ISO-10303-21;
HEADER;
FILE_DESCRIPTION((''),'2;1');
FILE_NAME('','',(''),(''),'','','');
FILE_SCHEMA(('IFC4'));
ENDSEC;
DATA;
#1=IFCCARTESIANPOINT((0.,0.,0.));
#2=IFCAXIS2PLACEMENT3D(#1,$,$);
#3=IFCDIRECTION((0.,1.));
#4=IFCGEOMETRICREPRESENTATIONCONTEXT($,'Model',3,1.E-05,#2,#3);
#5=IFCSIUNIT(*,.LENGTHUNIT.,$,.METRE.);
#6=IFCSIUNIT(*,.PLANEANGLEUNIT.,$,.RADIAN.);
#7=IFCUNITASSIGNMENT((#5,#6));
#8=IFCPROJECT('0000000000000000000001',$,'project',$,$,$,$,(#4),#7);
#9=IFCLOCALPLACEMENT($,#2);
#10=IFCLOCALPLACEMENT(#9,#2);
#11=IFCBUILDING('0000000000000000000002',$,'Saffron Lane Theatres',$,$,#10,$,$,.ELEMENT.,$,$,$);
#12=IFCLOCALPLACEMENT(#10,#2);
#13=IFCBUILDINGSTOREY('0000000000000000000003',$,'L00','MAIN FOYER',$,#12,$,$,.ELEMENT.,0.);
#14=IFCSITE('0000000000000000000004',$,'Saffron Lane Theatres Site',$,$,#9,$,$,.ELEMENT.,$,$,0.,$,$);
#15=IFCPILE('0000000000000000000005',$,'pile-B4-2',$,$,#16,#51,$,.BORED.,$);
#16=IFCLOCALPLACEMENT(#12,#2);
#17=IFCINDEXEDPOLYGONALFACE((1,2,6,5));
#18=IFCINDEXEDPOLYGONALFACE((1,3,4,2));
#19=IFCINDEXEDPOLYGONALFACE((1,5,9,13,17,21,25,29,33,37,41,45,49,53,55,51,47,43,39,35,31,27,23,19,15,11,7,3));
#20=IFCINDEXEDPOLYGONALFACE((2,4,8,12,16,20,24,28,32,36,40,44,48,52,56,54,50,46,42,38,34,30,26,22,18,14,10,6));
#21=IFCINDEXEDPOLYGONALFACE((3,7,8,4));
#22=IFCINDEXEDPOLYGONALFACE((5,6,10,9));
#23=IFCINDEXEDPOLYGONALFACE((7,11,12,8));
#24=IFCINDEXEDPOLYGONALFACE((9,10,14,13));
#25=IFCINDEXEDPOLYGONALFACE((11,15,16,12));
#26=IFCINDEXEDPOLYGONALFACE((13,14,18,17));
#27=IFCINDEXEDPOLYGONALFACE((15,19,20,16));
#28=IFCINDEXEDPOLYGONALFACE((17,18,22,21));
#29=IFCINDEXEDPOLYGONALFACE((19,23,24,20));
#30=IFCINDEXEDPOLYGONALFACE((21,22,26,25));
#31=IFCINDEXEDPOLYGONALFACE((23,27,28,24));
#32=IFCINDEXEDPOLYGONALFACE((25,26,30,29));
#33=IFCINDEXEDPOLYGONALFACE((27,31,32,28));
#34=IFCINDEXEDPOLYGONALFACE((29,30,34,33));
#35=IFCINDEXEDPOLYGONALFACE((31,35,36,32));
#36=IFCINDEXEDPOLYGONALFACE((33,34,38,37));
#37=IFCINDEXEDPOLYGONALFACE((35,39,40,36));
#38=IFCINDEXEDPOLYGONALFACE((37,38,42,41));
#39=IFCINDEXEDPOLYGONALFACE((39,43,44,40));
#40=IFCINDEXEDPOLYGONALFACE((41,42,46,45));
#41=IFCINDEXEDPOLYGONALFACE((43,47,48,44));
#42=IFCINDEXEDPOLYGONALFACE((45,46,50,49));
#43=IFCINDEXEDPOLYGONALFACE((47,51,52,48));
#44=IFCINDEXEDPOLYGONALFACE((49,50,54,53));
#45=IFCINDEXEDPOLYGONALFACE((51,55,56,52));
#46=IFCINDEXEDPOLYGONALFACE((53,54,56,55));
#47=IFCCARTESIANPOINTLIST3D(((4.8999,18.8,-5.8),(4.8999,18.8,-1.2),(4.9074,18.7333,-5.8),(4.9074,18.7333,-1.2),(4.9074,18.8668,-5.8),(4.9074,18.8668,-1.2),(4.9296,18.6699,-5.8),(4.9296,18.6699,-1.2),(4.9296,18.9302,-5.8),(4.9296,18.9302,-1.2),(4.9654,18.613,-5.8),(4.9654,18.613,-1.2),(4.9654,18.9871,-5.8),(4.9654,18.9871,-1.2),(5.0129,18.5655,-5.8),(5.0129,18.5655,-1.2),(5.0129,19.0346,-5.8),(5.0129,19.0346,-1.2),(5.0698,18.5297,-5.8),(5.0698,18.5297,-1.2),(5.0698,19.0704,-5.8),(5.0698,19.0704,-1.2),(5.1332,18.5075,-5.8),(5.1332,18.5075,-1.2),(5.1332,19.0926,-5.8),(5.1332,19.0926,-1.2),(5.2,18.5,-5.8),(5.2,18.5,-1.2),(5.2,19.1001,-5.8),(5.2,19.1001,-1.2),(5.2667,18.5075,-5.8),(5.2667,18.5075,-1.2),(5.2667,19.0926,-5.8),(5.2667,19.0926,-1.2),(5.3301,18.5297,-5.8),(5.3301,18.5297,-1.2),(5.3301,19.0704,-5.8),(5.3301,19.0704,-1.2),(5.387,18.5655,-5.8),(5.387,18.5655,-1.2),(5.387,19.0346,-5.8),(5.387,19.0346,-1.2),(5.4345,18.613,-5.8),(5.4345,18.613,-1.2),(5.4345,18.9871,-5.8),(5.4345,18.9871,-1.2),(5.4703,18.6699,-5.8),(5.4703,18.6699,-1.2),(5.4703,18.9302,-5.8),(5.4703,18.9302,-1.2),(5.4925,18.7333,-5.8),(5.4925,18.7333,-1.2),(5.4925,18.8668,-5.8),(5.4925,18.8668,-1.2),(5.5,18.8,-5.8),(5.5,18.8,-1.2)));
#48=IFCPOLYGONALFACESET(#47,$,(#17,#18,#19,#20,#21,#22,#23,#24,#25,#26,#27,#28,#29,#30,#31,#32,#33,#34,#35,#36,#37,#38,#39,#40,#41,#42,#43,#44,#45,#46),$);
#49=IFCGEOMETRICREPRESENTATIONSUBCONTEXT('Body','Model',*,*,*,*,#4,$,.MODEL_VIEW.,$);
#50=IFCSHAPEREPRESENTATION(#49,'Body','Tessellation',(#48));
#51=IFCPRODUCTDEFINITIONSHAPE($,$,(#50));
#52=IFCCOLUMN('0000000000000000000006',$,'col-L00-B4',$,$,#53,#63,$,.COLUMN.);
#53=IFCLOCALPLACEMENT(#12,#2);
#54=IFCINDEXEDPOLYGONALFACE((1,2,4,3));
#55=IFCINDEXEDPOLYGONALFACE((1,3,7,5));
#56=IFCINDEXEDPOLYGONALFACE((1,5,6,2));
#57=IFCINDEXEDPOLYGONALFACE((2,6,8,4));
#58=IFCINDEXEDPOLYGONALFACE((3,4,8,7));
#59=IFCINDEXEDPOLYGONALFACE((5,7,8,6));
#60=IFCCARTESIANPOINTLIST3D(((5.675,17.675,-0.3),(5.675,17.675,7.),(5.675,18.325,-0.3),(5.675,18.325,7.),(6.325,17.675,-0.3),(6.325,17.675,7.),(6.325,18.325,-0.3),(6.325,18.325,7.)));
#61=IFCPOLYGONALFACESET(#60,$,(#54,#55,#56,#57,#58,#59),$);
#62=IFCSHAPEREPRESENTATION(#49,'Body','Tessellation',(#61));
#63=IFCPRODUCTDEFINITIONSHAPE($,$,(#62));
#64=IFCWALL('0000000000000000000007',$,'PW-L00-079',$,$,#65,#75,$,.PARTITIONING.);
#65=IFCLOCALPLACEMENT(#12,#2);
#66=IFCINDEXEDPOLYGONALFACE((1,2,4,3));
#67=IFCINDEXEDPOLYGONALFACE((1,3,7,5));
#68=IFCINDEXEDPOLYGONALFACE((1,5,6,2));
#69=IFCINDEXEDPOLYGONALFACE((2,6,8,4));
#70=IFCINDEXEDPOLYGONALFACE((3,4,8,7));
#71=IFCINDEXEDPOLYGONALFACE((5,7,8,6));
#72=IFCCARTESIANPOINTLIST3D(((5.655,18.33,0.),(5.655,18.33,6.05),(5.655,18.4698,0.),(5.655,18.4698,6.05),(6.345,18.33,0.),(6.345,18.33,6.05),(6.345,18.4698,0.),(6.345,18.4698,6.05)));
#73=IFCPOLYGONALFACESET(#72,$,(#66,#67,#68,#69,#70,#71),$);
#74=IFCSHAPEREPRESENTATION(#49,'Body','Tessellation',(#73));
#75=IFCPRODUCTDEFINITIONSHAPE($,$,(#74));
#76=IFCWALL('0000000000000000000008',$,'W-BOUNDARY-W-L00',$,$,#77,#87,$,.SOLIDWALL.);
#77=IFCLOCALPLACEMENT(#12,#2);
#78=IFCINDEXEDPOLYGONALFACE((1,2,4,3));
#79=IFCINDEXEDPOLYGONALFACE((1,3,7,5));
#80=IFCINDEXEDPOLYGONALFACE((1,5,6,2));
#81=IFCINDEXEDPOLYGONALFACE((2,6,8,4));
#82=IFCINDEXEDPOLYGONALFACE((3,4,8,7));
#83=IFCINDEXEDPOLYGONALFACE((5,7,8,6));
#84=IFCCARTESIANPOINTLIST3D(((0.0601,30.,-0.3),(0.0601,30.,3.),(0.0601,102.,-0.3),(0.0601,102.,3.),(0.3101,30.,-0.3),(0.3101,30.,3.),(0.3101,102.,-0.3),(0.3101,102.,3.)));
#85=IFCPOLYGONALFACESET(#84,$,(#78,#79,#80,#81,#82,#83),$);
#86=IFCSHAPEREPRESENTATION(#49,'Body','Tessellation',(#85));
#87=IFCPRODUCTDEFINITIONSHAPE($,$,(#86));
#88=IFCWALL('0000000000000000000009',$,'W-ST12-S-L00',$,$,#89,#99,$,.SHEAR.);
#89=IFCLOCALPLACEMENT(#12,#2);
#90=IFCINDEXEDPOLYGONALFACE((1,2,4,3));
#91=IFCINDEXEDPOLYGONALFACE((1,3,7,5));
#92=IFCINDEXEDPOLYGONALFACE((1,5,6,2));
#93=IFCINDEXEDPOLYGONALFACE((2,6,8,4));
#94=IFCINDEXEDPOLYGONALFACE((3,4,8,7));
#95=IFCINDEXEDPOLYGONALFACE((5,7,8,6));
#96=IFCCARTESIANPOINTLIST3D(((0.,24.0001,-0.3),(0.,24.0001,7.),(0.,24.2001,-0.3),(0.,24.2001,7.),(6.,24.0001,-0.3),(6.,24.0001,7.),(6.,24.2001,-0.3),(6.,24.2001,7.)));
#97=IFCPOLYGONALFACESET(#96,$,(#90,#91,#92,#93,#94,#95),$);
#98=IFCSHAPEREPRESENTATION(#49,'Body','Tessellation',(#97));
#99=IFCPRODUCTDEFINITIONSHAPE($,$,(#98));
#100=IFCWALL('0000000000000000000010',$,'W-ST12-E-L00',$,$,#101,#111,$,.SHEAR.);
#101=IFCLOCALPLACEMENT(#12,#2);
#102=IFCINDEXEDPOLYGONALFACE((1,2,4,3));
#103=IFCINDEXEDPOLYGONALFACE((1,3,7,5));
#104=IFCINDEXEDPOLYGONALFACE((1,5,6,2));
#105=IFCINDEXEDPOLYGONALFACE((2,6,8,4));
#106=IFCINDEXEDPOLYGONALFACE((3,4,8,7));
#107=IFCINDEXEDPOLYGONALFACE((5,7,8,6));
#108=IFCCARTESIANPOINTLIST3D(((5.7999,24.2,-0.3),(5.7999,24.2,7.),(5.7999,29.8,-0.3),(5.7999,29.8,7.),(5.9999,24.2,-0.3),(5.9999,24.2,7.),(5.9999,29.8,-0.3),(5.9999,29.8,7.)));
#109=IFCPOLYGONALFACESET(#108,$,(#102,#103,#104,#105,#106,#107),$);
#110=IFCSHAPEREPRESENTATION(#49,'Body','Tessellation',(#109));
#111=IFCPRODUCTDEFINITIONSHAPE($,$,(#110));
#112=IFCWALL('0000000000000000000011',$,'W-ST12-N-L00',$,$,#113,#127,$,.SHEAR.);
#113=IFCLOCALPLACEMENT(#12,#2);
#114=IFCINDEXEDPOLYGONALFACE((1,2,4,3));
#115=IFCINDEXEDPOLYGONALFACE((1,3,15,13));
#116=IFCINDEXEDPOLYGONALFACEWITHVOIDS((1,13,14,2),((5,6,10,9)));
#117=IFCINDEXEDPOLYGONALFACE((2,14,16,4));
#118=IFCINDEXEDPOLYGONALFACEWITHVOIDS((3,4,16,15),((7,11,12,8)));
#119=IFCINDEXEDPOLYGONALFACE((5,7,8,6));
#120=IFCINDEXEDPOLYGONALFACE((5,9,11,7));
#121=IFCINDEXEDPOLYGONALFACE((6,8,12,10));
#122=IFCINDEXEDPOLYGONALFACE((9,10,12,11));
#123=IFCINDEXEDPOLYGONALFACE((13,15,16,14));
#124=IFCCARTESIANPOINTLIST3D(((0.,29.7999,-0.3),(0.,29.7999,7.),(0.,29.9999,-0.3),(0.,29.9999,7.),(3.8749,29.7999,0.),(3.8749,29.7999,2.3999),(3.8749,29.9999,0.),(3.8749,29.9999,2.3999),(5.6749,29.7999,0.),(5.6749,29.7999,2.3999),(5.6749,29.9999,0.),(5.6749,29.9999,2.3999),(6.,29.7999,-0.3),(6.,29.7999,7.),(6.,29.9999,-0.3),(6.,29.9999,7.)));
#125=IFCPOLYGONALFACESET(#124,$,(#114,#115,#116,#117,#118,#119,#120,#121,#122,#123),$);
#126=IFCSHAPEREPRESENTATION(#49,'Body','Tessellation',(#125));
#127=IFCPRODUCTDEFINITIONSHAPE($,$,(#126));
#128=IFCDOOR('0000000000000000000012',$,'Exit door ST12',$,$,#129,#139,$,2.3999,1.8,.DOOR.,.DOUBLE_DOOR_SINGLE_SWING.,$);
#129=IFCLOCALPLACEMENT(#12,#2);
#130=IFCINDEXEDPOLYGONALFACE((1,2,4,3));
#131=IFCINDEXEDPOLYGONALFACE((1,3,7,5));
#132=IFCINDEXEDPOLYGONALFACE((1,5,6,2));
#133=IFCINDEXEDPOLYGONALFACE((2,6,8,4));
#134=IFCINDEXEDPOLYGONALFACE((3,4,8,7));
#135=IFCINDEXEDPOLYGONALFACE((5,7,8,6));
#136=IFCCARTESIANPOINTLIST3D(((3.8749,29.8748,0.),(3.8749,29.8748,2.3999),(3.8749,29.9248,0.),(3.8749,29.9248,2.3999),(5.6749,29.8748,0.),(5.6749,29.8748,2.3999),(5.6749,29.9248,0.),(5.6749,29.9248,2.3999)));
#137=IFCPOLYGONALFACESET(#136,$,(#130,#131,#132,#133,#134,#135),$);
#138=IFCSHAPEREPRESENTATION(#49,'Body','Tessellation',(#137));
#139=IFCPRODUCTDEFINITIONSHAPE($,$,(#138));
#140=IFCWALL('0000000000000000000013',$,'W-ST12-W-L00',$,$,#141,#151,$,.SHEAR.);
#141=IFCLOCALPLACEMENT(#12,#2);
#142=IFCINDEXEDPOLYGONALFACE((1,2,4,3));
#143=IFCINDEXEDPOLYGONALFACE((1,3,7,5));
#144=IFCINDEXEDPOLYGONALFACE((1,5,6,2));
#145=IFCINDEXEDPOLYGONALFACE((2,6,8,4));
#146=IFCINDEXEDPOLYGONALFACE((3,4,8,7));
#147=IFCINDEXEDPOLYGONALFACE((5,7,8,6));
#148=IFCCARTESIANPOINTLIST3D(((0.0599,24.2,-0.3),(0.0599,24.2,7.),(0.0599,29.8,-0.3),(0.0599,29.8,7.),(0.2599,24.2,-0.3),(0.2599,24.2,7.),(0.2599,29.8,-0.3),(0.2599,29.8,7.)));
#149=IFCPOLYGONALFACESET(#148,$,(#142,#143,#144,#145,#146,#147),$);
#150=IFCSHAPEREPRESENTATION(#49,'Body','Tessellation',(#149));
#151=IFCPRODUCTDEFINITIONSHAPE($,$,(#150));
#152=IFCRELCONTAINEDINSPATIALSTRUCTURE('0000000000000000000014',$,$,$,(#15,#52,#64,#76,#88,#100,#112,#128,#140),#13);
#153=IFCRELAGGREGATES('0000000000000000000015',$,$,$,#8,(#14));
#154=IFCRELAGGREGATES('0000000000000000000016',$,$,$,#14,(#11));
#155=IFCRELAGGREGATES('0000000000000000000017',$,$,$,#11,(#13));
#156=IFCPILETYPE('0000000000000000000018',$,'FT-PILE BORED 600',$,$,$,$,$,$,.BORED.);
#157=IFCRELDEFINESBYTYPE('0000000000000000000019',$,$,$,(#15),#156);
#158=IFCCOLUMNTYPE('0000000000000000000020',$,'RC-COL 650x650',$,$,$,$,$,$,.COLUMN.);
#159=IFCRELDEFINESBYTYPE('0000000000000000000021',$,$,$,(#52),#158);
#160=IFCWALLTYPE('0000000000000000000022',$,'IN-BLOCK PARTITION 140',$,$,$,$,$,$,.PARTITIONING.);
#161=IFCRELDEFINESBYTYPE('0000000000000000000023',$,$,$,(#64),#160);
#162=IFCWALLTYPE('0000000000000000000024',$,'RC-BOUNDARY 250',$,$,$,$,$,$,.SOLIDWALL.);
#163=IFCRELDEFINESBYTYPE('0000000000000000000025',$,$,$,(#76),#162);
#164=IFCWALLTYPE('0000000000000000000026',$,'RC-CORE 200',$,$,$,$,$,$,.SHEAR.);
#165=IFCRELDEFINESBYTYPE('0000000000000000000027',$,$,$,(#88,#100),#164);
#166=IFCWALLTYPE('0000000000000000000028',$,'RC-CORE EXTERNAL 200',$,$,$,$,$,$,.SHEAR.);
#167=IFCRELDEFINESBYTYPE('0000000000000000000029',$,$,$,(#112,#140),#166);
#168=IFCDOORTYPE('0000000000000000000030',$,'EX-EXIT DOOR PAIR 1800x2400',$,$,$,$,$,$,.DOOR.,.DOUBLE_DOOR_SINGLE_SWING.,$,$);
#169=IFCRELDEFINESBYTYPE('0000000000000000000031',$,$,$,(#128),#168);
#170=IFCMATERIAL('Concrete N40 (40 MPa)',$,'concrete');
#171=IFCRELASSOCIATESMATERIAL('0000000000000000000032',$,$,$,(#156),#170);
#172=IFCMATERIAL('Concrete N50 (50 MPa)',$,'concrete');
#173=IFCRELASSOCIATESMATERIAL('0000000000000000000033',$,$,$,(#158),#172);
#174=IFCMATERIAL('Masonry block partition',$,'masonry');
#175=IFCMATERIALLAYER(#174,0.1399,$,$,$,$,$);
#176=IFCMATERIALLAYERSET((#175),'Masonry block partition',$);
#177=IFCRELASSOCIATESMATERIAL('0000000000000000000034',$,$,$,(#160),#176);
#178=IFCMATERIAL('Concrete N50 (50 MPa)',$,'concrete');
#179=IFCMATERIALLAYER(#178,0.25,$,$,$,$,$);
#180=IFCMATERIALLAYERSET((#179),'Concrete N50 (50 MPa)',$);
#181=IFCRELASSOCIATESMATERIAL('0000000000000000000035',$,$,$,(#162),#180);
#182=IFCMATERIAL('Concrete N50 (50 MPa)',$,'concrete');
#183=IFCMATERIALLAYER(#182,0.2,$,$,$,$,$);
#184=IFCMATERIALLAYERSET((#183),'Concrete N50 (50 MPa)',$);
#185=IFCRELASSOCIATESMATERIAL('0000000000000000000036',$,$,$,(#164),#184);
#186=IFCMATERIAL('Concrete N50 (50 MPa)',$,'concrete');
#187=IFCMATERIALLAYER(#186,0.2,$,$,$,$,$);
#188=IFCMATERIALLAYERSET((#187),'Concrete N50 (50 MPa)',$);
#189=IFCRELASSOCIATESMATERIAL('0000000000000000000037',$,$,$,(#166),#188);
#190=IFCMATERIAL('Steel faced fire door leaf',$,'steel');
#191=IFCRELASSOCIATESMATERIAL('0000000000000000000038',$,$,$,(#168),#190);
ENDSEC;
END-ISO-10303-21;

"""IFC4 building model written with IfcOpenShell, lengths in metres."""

from ifc_helpers import new_model, si_unit, direction, frame, frame_2d, origin, origin_2d, place, context, subcontext, project, spatial, rectangle, circle, extrude, material, layer, layer_set, material_profile, profile_set, type_object, element, fill, save


model = new_model("IFC4")

# Units and contexts
model_context = context("Model", 3, precision=1e-05, world=origin(), true_north=direction((0.0, 1.0)))
body_context = subcontext(model_context, "Body", "Model", "MODEL_VIEW")
ifc_project = project(units=[si_unit("LENGTHUNIT", "METRE"), si_unit("PLANEANGLEUNIT", "RADIAN")], contexts=[model_context])

# Site, building, storey
site_placement = place(None, origin())
site = spatial("IfcSite", under=ifc_project, at=site_placement, Name="Saffron Lane Theatres Site", CompositionType="ELEMENT", RefElevation=0.0)
building_placement = place(site_placement, origin())
building = spatial("IfcBuilding", under=site, at=building_placement, Name="Saffron Lane Theatres", CompositionType="ELEMENT")
storey_placement = place(building_placement, origin())
storey = spatial("IfcBuildingStorey", under=building, at=storey_placement, Name="L00", Description="MAIN FOYER", CompositionType="ELEMENT", Elevation=0.0)

# Pile
ifc_material_1 = material(Name="Concrete N40 (40 MPa)", Category="concrete")
ifc_material_profile_1 = material_profile(ifc_material_1, circle(Radius=0.3, at=origin_2d()))
ifc_profile_set_1 = profile_set([ifc_material_profile_1], Name="Concrete N40 (40 MPa)")
pile_type = type_object("IfcPileType", Name="FT-PILE BORED 600", PredefinedType="BORED", material=ifc_profile_set_1)
pile_placement = place(storey_placement, frame((5.2, 18.8, -1.2), z_axis=(0.0, 0.0, -1.0), x_axis=(1.0, 0.0, 0.0)))
element("IfcPile", 1, at=pile_placement, inside=storey, type_object=pile_type, Name="pile-B4-2", PredefinedType="BORED", context=body_context, shape_type="SweptSolid", body=[
    extrude(circle(Radius=0.3, at=origin_2d()), origin(), (0.0, 0.0, 1.0), 4.6001),
])

# Column
ifc_material_2 = material(Name="Concrete N50 (50 MPa)", Category="concrete")
ifc_material_profile_2 = material_profile(ifc_material_2, rectangle(XDim=0.6499, YDim=0.6499, at=origin_2d()))
ifc_profile_set_2 = profile_set([ifc_material_profile_2], Name="Concrete N50 (50 MPa)")
column_type = type_object("IfcColumnType", Name="RC-COL 650x650", PredefinedType="COLUMN", material=ifc_profile_set_2)
column_placement = place(storey_placement, frame((6.0, 18.0, -0.3), z_axis=(0.0, 0.0, 1.0), x_axis=(1.0, 0.0, 0.0)))
element("IfcColumn", 2, at=column_placement, inside=storey, type_object=column_type, Name="col-L00-B4", PredefinedType="COLUMN", context=body_context, shape_type="SweptSolid", body=[
    extrude(rectangle(XDim=0.6499, YDim=0.6499, at=origin_2d()), origin(), (0.0, 0.0, 1.0), 7.3),
])

# Walls
ifc_material_3 = material(Name="Masonry block partition", Category="masonry")
ifc_layer_1 = layer(ifc_material_3, 0.1399)
ifc_layer_set_1 = layer_set([ifc_layer_1], Name="Masonry block partition")
wall_type_1 = type_object("IfcWallType", Name="IN-BLOCK PARTITION 140", PredefinedType="PARTITIONING", material=ifc_layer_set_1)
wall_1_placement = place(storey_placement, frame((5.655, 18.3999, 0.0), z_axis=(0.0, 0.0, 1.0), x_axis=(1.0, 0.0, 0.0)))
element("IfcWall", 3, at=wall_1_placement, inside=storey, type_object=wall_type_1, Name="PW-L00-079", PredefinedType="PARTITIONING", context=body_context, shape_type="SweptSolid", body=[
    extrude(rectangle(XDim=0.6899, YDim=0.1399, at=frame_2d((0.345, 0.0))), origin(), (0.0, 0.0, 1.0), 6.05),
])
ifc_material_4 = material(Name="Concrete N50 (50 MPa)", Category="concrete")
ifc_layer_2 = layer(ifc_material_4, 0.25)
ifc_layer_set_2 = layer_set([ifc_layer_2], Name="Concrete N50 (50 MPa)")
wall_type_2 = type_object("IfcWallType", Name="RC-BOUNDARY 250", PredefinedType="SOLIDWALL", material=ifc_layer_set_2)
wall_2_placement = place(storey_placement, frame((0.1851, 30.0, -0.3), z_axis=(0.0, 0.0, 1.0), x_axis=(0.0, 1.0, 0.0)))
element("IfcWall", 4, at=wall_2_placement, inside=storey, type_object=wall_type_2, Name="W-BOUNDARY-W-L00", PredefinedType="SOLIDWALL", context=body_context, shape_type="SweptSolid", body=[
    extrude(rectangle(XDim=72.0, YDim=0.25, at=frame_2d((36.0, 0.0))), origin(), (0.0, 0.0, 1.0), 3.3),
])
ifc_material_5 = material(Name="Concrete N50 (50 MPa)", Category="concrete")
ifc_layer_3 = layer(ifc_material_5, 0.2)
ifc_layer_set_3 = layer_set([ifc_layer_3], Name="Concrete N50 (50 MPa)")
wall_type_3 = type_object("IfcWallType", Name="RC-CORE 200", PredefinedType="SHEAR", material=ifc_layer_set_3)
wall_3_placement = place(storey_placement, frame((0.0, 24.1001, -0.3), z_axis=(0.0, 0.0, 1.0), x_axis=(1.0, 0.0, 0.0)))
element("IfcWall", 5, at=wall_3_placement, inside=storey, type_object=wall_type_3, Name="W-ST12-S-L00", PredefinedType="SHEAR", context=body_context, shape_type="SweptSolid", body=[
    extrude(rectangle(XDim=6.0, YDim=0.2, at=frame_2d((3.0, 0.0))), origin(), (0.0, 0.0, 1.0), 7.3),
])
wall_4_placement = place(storey_placement, frame((5.8999, 24.2, -0.3), z_axis=(0.0, 0.0, 1.0), x_axis=(0.0, 1.0, 0.0)))
element("IfcWall", 6, at=wall_4_placement, inside=storey, type_object=wall_type_3, Name="W-ST12-E-L00", PredefinedType="SHEAR", context=body_context, shape_type="SweptSolid", body=[
    extrude(rectangle(XDim=5.6001, YDim=0.2, at=frame_2d((2.8, 0.0))), origin(), (0.0, 0.0, 1.0), 7.3),
])

# Wall, opening, door
ifc_material_6 = material(Name="Concrete N50 (50 MPa)", Category="concrete")
ifc_layer_4 = layer(ifc_material_6, 0.2)
ifc_layer_set_4 = layer_set([ifc_layer_4], Name="Concrete N50 (50 MPa)")
wall_type_4 = type_object("IfcWallType", Name="RC-CORE EXTERNAL 200", PredefinedType="SHEAR", material=ifc_layer_set_4)
wall_5_placement = place(storey_placement, frame((0.0, 29.8999, -0.3), z_axis=(0.0, 0.0, 1.0), x_axis=(1.0, 0.0, 0.0)))
wall_5 = element("IfcWall", 7, at=wall_5_placement, inside=storey, type_object=wall_type_4, Name="W-ST12-N-L00", PredefinedType="SHEAR", context=body_context, shape_type="SweptSolid", body=[
    extrude(rectangle(XDim=6.0, YDim=0.2, at=frame_2d((3.0, 0.0))), origin(), (0.0, 0.0, 1.0), 7.3),
])
opening_placement = place(wall_5_placement, frame((3.875, 0.0, 0.3)))
opening = element("IfcOpeningElement", 8, at=opening_placement, cuts=wall_5, PredefinedType="OPENING", context=body_context, shape_type="SweptSolid", body=[
    extrude(rectangle(XDim=1.8, YDim=2.3999, at=frame_2d((0.8999, 1.2))), frame((0.0, 0.1099, 0.0), z_axis=(0.0, -1.0, 0.0), x_axis=(1.0, 0.0, 0.0)), (0.0, 0.0, 1.0), 0.22),
])
ifc_material_7 = material(Name="Steel faced fire door leaf", Category="steel")
door_type = type_object("IfcDoorType", Name="EX-EXIT DOOR PAIR 1800x2400", OperationType="DOUBLE_DOOR_SINGLE_SWING", PredefinedType="DOOR", material=ifc_material_7)
door_placement = place(opening_placement, origin())
door = element("IfcDoor", 9, at=door_placement, inside=storey, type_object=door_type, Name="Exit door ST12", OperationType="DOUBLE_DOOR_SINGLE_SWING", OverallHeight=2.3999, OverallWidth=1.8, PredefinedType="DOOR", context=body_context, shape_type="SweptSolid", body=[
    extrude(rectangle(XDim=1.8, YDim=2.3999, at=frame_2d((0.8999, 1.2))), frame((0.0, 0.0249, 0.0), z_axis=(0.0, -1.0, 0.0), x_axis=(1.0, 0.0, 0.0)), (0.0, 0.0, 1.0), 0.05),
])
fill(opening, door)

# Wall
wall_6_placement = place(storey_placement, frame((0.1599, 24.2, -0.3), z_axis=(0.0, 0.0, 1.0), x_axis=(0.0, 1.0, 0.0)))
element("IfcWall", 10, at=wall_6_placement, inside=storey, type_object=wall_type_4, Name="W-ST12-W-L00", PredefinedType="SHEAR", context=body_context, shape_type="SweptSolid", body=[
    extrude(rectangle(XDim=5.6001, YDim=0.2, at=frame_2d((2.8, 0.0))), origin(), (0.0, 0.0, 1.0), 7.3),
])

save(model, "model.ifc")
